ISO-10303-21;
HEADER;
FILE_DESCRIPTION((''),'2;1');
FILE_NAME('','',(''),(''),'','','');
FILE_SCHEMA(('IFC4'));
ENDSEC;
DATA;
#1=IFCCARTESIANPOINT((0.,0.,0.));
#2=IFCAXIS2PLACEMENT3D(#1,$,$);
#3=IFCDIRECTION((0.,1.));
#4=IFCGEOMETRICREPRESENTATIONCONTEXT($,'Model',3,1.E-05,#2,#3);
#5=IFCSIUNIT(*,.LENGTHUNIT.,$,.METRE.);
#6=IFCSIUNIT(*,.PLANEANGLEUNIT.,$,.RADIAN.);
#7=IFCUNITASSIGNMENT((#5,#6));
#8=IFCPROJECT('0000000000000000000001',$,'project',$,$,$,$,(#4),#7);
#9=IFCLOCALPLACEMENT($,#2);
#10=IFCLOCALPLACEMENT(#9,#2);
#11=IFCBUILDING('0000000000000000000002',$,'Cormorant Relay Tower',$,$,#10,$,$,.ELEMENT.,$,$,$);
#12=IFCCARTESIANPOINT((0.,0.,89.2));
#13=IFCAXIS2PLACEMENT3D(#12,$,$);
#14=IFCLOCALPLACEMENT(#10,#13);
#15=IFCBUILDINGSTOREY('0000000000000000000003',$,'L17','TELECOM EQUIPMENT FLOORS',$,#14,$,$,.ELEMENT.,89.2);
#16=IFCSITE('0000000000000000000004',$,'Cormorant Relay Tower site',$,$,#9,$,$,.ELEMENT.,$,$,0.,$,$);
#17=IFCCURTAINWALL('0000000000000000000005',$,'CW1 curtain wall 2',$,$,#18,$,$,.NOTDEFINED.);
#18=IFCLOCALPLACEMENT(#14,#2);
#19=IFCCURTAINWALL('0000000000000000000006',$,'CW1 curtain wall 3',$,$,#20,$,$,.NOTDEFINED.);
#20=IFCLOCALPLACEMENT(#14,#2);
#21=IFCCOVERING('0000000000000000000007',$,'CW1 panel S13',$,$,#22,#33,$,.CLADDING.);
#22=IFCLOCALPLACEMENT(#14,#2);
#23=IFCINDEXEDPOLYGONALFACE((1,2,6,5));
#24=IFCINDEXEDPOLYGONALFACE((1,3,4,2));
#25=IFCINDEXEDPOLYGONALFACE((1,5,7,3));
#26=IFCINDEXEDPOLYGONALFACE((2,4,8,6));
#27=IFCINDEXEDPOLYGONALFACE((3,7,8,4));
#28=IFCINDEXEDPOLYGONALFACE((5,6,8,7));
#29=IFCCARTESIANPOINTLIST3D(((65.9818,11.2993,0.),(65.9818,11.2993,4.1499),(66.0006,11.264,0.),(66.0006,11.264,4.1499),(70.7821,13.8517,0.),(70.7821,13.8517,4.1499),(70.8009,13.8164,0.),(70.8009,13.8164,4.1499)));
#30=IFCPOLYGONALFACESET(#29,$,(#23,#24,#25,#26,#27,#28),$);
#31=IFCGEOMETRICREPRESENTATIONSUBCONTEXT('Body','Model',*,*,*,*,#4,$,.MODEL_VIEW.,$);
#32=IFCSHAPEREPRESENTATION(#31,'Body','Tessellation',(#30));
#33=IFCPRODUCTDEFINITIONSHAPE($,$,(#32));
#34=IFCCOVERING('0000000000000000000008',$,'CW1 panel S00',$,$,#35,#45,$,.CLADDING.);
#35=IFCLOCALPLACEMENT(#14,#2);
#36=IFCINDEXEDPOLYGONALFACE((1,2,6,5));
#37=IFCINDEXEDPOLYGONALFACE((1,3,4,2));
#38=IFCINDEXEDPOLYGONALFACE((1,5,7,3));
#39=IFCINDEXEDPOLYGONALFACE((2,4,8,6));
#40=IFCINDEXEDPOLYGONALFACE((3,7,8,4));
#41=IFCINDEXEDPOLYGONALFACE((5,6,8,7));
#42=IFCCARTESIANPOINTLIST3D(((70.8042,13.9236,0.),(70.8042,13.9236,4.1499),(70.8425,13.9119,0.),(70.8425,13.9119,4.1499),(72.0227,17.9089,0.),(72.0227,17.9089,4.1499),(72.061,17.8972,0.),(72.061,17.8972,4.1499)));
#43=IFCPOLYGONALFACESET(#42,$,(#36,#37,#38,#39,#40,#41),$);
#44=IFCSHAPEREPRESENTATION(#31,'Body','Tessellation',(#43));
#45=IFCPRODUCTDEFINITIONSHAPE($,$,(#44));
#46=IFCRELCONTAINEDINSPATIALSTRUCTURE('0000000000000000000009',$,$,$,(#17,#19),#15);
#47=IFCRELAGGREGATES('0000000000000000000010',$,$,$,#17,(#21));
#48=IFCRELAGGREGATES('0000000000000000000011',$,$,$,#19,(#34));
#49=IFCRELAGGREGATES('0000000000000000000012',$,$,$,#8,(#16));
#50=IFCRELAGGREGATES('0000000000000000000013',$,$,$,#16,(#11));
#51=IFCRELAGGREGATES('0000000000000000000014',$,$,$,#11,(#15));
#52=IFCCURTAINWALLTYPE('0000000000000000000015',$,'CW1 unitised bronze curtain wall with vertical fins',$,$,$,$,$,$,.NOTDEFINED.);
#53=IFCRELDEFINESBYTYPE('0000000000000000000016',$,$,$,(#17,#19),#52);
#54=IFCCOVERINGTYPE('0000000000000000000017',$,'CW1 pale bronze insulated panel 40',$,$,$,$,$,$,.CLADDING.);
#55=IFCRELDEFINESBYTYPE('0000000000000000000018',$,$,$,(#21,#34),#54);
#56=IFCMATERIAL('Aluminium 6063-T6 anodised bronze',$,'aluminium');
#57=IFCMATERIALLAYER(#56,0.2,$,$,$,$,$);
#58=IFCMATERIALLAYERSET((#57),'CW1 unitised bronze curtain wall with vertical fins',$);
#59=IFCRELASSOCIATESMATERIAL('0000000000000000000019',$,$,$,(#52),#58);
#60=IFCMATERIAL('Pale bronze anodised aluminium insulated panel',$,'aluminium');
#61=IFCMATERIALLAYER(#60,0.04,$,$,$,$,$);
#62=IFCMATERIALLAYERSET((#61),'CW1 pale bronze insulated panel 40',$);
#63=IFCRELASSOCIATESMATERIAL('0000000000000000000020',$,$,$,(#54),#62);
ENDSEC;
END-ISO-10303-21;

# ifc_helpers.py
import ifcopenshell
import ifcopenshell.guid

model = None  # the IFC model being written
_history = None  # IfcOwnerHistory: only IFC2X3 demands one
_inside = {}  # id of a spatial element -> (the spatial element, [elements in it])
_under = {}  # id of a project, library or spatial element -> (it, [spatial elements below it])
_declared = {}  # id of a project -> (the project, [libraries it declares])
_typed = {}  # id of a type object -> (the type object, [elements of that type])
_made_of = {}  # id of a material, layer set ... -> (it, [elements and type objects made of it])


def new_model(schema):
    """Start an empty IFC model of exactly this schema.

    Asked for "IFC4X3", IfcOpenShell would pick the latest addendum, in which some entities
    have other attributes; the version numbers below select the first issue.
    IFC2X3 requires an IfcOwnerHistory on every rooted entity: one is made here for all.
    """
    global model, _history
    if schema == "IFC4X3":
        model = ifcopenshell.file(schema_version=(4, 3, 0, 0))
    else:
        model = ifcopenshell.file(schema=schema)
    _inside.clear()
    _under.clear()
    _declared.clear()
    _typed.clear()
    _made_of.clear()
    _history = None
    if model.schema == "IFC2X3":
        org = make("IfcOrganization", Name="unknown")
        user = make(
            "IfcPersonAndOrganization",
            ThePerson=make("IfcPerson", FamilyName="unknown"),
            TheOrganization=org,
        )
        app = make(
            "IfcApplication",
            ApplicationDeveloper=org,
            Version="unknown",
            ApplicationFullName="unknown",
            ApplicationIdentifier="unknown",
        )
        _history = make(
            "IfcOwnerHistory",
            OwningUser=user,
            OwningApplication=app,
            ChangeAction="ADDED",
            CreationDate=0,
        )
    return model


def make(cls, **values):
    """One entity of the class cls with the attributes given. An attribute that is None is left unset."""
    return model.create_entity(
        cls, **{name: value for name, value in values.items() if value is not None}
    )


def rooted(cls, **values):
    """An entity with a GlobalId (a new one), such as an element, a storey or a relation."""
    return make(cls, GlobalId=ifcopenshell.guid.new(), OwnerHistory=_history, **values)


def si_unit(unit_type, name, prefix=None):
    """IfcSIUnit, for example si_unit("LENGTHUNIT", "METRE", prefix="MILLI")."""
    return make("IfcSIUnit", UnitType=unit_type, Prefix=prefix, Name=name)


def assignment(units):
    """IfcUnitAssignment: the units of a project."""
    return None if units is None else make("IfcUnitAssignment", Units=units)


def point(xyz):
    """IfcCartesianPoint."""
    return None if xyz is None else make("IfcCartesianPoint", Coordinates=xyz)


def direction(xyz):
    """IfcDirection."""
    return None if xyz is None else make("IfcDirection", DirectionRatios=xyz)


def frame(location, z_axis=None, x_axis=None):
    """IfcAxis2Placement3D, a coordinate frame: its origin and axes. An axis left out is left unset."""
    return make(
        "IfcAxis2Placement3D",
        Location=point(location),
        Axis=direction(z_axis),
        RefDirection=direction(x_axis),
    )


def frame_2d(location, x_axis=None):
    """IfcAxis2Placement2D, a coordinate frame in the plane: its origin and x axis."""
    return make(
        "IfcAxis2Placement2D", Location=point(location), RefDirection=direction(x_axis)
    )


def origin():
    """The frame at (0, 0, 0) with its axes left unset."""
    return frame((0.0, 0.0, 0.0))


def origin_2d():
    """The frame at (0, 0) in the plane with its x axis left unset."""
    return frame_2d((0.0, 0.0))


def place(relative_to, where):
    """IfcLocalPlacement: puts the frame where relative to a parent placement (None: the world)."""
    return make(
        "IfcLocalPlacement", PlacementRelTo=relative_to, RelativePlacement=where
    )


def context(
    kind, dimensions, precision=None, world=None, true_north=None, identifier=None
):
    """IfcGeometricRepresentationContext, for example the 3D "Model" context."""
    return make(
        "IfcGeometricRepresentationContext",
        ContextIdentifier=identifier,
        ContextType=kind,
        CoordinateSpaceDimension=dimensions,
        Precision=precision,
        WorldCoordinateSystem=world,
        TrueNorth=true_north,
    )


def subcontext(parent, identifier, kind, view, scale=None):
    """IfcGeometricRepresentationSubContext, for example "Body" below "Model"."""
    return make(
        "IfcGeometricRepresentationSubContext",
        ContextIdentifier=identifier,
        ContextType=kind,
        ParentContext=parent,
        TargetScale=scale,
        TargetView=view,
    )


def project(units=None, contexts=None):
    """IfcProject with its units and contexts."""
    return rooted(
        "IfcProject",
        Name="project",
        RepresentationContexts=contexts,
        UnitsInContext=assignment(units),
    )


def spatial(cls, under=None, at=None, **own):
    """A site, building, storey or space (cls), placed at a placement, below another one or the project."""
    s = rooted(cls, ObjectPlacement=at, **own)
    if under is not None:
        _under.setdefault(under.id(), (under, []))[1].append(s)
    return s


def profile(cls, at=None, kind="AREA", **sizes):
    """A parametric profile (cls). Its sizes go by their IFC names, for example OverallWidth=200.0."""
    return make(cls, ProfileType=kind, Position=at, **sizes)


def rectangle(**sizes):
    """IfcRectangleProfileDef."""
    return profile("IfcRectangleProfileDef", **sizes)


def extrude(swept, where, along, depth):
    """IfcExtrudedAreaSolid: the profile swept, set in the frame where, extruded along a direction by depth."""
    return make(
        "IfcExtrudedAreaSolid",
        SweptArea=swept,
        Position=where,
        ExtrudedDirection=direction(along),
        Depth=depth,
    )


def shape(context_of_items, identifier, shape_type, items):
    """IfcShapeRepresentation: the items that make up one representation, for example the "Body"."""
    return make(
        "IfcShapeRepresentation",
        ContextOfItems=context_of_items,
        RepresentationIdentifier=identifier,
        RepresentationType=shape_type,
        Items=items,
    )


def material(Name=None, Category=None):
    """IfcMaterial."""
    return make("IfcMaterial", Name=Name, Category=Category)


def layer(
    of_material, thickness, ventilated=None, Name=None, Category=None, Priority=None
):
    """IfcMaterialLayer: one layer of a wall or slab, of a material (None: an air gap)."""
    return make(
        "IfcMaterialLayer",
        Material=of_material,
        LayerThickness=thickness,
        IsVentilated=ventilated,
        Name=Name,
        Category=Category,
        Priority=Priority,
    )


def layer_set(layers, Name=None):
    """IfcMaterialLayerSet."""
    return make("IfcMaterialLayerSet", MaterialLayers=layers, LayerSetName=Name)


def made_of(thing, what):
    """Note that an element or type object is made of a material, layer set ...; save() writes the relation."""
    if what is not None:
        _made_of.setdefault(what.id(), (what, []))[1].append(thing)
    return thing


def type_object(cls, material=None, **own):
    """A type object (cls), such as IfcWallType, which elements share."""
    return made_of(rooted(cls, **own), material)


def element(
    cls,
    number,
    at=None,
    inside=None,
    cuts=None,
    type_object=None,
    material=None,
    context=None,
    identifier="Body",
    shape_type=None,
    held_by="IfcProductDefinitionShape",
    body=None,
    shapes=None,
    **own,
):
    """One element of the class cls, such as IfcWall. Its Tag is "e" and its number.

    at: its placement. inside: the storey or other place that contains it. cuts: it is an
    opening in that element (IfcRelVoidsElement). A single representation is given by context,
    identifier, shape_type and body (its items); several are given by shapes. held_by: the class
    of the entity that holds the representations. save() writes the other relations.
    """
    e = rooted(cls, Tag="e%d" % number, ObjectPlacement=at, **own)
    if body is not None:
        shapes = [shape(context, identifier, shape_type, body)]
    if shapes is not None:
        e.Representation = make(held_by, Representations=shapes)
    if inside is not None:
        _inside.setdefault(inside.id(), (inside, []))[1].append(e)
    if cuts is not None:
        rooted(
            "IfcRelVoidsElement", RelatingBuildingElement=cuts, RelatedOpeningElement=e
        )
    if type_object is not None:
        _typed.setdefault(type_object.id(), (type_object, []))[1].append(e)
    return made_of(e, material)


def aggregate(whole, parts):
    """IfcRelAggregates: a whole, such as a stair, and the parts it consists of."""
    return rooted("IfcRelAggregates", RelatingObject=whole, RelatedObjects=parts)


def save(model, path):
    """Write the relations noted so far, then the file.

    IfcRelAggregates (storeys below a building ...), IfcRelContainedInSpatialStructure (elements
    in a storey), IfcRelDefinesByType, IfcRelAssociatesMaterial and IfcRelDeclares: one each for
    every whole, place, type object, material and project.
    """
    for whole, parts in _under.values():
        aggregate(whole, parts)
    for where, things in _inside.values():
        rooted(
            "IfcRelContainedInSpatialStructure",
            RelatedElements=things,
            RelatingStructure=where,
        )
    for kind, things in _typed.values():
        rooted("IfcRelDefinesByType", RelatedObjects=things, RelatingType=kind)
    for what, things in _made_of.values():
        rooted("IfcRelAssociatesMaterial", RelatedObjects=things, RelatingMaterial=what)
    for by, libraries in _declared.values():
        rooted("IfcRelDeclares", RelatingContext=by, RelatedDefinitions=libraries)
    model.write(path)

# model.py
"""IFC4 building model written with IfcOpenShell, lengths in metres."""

from ifc_helpers import new_model, si_unit, direction, frame, origin, origin_2d, place, context, subcontext, project, spatial, rectangle, extrude, material, layer, layer_set, type_object, element, aggregate, save


model = new_model("IFC4")

# Units and contexts
model_context = context("Model", 3, precision=1e-05, world=origin(), true_north=direction((0.0, 1.0)))
body_context = subcontext(model_context, "Body", "Model", "MODEL_VIEW")
ifc_project = project(units=[si_unit("LENGTHUNIT", "METRE"), si_unit("PLANEANGLEUNIT", "RADIAN")], contexts=[model_context])

# Site, building, storey
site_placement = place(None, origin())
site = spatial("IfcSite", under=ifc_project, at=site_placement, Name="Cormorant Relay Tower site", CompositionType="ELEMENT", RefElevation=0.0)
building_placement = place(site_placement, origin())
building = spatial("IfcBuilding", under=site, at=building_placement, Name="Cormorant Relay Tower", CompositionType="ELEMENT")
storey_placement = place(building_placement, frame((0.0, 0.0, 89.2)))
storey = spatial("IfcBuildingStorey", under=building, at=storey_placement, Name="L17", Description="TELECOM EQUIPMENT FLOORS", CompositionType="ELEMENT", Elevation=89.2)

# Curtain walls
ifc_material_1 = material(Name="Aluminium 6063-T6 anodised bronze", Category="aluminium")
ifc_layer_1 = layer(ifc_material_1, 0.2)
ifc_layer_set_1 = layer_set([ifc_layer_1], Name="CW1 unitised bronze curtain wall with vertical fins")
curtain_wall_type = type_object("IfcCurtainWallType", Name="CW1 unitised bronze curtain wall with vertical fins", PredefinedType="NOTDEFINED", material=ifc_layer_set_1)
curtain_wall_1_placement = place(storey_placement, origin())
curtain_wall_1 = element("IfcCurtainWall", 1, at=curtain_wall_1_placement, inside=storey, type_object=curtain_wall_type, Name="CW1 curtain wall 2", PredefinedType="NOTDEFINED")
curtain_wall_2_placement = place(storey_placement, origin())
curtain_wall_2 = element("IfcCurtainWall", 2, at=curtain_wall_2_placement, inside=storey, type_object=curtain_wall_type, Name="CW1 curtain wall 3", PredefinedType="NOTDEFINED")

# Coverings
ifc_material_2 = material(Name="Pale bronze anodised aluminium insulated panel", Category="aluminium")
ifc_layer_2 = layer(ifc_material_2, 0.04)
ifc_layer_set_2 = layer_set([ifc_layer_2], Name="CW1 pale bronze insulated panel 40")
covering_type = type_object("IfcCoveringType", Name="CW1 pale bronze insulated panel 40", PredefinedType="CLADDING", material=ifc_layer_set_2)
covering_1_placement = place(storey_placement, frame((68.3914, 12.5579, 0.0), z_axis=(0.0, 0.0, 1.0), x_axis=(0.882948, 0.469472, 0.0)))
covering_1 = element("IfcCovering", 3, at=covering_1_placement, type_object=covering_type, Name="CW1 panel S13", PredefinedType="CLADDING", context=body_context, shape_type="SweptSolid", body=[
    extrude(rectangle(XDim=5.4368, YDim=0.04, at=origin_2d()), origin(), (0.0, 0.0, 1.0), 4.1499),
])
aggregate(curtain_wall_1, [covering_1])
covering_2_placement = place(storey_placement, frame((71.4326, 15.9104, 0.0), z_axis=(0.0, 0.0, 1.0), x_axis=(0.292372, 0.956305, 0.0)))
covering_2 = element("IfcCovering", 4, at=covering_2_placement, type_object=covering_type, Name="CW1 panel S00", PredefinedType="CLADDING", context=body_context, shape_type="SweptSolid", body=[
    extrude(rectangle(XDim=4.1675, YDim=0.04, at=origin_2d()), origin(), (0.0, 0.0, 1.0), 4.1499),
])
aggregate(curtain_wall_2, [covering_2])

save(model, "model.ifc")
